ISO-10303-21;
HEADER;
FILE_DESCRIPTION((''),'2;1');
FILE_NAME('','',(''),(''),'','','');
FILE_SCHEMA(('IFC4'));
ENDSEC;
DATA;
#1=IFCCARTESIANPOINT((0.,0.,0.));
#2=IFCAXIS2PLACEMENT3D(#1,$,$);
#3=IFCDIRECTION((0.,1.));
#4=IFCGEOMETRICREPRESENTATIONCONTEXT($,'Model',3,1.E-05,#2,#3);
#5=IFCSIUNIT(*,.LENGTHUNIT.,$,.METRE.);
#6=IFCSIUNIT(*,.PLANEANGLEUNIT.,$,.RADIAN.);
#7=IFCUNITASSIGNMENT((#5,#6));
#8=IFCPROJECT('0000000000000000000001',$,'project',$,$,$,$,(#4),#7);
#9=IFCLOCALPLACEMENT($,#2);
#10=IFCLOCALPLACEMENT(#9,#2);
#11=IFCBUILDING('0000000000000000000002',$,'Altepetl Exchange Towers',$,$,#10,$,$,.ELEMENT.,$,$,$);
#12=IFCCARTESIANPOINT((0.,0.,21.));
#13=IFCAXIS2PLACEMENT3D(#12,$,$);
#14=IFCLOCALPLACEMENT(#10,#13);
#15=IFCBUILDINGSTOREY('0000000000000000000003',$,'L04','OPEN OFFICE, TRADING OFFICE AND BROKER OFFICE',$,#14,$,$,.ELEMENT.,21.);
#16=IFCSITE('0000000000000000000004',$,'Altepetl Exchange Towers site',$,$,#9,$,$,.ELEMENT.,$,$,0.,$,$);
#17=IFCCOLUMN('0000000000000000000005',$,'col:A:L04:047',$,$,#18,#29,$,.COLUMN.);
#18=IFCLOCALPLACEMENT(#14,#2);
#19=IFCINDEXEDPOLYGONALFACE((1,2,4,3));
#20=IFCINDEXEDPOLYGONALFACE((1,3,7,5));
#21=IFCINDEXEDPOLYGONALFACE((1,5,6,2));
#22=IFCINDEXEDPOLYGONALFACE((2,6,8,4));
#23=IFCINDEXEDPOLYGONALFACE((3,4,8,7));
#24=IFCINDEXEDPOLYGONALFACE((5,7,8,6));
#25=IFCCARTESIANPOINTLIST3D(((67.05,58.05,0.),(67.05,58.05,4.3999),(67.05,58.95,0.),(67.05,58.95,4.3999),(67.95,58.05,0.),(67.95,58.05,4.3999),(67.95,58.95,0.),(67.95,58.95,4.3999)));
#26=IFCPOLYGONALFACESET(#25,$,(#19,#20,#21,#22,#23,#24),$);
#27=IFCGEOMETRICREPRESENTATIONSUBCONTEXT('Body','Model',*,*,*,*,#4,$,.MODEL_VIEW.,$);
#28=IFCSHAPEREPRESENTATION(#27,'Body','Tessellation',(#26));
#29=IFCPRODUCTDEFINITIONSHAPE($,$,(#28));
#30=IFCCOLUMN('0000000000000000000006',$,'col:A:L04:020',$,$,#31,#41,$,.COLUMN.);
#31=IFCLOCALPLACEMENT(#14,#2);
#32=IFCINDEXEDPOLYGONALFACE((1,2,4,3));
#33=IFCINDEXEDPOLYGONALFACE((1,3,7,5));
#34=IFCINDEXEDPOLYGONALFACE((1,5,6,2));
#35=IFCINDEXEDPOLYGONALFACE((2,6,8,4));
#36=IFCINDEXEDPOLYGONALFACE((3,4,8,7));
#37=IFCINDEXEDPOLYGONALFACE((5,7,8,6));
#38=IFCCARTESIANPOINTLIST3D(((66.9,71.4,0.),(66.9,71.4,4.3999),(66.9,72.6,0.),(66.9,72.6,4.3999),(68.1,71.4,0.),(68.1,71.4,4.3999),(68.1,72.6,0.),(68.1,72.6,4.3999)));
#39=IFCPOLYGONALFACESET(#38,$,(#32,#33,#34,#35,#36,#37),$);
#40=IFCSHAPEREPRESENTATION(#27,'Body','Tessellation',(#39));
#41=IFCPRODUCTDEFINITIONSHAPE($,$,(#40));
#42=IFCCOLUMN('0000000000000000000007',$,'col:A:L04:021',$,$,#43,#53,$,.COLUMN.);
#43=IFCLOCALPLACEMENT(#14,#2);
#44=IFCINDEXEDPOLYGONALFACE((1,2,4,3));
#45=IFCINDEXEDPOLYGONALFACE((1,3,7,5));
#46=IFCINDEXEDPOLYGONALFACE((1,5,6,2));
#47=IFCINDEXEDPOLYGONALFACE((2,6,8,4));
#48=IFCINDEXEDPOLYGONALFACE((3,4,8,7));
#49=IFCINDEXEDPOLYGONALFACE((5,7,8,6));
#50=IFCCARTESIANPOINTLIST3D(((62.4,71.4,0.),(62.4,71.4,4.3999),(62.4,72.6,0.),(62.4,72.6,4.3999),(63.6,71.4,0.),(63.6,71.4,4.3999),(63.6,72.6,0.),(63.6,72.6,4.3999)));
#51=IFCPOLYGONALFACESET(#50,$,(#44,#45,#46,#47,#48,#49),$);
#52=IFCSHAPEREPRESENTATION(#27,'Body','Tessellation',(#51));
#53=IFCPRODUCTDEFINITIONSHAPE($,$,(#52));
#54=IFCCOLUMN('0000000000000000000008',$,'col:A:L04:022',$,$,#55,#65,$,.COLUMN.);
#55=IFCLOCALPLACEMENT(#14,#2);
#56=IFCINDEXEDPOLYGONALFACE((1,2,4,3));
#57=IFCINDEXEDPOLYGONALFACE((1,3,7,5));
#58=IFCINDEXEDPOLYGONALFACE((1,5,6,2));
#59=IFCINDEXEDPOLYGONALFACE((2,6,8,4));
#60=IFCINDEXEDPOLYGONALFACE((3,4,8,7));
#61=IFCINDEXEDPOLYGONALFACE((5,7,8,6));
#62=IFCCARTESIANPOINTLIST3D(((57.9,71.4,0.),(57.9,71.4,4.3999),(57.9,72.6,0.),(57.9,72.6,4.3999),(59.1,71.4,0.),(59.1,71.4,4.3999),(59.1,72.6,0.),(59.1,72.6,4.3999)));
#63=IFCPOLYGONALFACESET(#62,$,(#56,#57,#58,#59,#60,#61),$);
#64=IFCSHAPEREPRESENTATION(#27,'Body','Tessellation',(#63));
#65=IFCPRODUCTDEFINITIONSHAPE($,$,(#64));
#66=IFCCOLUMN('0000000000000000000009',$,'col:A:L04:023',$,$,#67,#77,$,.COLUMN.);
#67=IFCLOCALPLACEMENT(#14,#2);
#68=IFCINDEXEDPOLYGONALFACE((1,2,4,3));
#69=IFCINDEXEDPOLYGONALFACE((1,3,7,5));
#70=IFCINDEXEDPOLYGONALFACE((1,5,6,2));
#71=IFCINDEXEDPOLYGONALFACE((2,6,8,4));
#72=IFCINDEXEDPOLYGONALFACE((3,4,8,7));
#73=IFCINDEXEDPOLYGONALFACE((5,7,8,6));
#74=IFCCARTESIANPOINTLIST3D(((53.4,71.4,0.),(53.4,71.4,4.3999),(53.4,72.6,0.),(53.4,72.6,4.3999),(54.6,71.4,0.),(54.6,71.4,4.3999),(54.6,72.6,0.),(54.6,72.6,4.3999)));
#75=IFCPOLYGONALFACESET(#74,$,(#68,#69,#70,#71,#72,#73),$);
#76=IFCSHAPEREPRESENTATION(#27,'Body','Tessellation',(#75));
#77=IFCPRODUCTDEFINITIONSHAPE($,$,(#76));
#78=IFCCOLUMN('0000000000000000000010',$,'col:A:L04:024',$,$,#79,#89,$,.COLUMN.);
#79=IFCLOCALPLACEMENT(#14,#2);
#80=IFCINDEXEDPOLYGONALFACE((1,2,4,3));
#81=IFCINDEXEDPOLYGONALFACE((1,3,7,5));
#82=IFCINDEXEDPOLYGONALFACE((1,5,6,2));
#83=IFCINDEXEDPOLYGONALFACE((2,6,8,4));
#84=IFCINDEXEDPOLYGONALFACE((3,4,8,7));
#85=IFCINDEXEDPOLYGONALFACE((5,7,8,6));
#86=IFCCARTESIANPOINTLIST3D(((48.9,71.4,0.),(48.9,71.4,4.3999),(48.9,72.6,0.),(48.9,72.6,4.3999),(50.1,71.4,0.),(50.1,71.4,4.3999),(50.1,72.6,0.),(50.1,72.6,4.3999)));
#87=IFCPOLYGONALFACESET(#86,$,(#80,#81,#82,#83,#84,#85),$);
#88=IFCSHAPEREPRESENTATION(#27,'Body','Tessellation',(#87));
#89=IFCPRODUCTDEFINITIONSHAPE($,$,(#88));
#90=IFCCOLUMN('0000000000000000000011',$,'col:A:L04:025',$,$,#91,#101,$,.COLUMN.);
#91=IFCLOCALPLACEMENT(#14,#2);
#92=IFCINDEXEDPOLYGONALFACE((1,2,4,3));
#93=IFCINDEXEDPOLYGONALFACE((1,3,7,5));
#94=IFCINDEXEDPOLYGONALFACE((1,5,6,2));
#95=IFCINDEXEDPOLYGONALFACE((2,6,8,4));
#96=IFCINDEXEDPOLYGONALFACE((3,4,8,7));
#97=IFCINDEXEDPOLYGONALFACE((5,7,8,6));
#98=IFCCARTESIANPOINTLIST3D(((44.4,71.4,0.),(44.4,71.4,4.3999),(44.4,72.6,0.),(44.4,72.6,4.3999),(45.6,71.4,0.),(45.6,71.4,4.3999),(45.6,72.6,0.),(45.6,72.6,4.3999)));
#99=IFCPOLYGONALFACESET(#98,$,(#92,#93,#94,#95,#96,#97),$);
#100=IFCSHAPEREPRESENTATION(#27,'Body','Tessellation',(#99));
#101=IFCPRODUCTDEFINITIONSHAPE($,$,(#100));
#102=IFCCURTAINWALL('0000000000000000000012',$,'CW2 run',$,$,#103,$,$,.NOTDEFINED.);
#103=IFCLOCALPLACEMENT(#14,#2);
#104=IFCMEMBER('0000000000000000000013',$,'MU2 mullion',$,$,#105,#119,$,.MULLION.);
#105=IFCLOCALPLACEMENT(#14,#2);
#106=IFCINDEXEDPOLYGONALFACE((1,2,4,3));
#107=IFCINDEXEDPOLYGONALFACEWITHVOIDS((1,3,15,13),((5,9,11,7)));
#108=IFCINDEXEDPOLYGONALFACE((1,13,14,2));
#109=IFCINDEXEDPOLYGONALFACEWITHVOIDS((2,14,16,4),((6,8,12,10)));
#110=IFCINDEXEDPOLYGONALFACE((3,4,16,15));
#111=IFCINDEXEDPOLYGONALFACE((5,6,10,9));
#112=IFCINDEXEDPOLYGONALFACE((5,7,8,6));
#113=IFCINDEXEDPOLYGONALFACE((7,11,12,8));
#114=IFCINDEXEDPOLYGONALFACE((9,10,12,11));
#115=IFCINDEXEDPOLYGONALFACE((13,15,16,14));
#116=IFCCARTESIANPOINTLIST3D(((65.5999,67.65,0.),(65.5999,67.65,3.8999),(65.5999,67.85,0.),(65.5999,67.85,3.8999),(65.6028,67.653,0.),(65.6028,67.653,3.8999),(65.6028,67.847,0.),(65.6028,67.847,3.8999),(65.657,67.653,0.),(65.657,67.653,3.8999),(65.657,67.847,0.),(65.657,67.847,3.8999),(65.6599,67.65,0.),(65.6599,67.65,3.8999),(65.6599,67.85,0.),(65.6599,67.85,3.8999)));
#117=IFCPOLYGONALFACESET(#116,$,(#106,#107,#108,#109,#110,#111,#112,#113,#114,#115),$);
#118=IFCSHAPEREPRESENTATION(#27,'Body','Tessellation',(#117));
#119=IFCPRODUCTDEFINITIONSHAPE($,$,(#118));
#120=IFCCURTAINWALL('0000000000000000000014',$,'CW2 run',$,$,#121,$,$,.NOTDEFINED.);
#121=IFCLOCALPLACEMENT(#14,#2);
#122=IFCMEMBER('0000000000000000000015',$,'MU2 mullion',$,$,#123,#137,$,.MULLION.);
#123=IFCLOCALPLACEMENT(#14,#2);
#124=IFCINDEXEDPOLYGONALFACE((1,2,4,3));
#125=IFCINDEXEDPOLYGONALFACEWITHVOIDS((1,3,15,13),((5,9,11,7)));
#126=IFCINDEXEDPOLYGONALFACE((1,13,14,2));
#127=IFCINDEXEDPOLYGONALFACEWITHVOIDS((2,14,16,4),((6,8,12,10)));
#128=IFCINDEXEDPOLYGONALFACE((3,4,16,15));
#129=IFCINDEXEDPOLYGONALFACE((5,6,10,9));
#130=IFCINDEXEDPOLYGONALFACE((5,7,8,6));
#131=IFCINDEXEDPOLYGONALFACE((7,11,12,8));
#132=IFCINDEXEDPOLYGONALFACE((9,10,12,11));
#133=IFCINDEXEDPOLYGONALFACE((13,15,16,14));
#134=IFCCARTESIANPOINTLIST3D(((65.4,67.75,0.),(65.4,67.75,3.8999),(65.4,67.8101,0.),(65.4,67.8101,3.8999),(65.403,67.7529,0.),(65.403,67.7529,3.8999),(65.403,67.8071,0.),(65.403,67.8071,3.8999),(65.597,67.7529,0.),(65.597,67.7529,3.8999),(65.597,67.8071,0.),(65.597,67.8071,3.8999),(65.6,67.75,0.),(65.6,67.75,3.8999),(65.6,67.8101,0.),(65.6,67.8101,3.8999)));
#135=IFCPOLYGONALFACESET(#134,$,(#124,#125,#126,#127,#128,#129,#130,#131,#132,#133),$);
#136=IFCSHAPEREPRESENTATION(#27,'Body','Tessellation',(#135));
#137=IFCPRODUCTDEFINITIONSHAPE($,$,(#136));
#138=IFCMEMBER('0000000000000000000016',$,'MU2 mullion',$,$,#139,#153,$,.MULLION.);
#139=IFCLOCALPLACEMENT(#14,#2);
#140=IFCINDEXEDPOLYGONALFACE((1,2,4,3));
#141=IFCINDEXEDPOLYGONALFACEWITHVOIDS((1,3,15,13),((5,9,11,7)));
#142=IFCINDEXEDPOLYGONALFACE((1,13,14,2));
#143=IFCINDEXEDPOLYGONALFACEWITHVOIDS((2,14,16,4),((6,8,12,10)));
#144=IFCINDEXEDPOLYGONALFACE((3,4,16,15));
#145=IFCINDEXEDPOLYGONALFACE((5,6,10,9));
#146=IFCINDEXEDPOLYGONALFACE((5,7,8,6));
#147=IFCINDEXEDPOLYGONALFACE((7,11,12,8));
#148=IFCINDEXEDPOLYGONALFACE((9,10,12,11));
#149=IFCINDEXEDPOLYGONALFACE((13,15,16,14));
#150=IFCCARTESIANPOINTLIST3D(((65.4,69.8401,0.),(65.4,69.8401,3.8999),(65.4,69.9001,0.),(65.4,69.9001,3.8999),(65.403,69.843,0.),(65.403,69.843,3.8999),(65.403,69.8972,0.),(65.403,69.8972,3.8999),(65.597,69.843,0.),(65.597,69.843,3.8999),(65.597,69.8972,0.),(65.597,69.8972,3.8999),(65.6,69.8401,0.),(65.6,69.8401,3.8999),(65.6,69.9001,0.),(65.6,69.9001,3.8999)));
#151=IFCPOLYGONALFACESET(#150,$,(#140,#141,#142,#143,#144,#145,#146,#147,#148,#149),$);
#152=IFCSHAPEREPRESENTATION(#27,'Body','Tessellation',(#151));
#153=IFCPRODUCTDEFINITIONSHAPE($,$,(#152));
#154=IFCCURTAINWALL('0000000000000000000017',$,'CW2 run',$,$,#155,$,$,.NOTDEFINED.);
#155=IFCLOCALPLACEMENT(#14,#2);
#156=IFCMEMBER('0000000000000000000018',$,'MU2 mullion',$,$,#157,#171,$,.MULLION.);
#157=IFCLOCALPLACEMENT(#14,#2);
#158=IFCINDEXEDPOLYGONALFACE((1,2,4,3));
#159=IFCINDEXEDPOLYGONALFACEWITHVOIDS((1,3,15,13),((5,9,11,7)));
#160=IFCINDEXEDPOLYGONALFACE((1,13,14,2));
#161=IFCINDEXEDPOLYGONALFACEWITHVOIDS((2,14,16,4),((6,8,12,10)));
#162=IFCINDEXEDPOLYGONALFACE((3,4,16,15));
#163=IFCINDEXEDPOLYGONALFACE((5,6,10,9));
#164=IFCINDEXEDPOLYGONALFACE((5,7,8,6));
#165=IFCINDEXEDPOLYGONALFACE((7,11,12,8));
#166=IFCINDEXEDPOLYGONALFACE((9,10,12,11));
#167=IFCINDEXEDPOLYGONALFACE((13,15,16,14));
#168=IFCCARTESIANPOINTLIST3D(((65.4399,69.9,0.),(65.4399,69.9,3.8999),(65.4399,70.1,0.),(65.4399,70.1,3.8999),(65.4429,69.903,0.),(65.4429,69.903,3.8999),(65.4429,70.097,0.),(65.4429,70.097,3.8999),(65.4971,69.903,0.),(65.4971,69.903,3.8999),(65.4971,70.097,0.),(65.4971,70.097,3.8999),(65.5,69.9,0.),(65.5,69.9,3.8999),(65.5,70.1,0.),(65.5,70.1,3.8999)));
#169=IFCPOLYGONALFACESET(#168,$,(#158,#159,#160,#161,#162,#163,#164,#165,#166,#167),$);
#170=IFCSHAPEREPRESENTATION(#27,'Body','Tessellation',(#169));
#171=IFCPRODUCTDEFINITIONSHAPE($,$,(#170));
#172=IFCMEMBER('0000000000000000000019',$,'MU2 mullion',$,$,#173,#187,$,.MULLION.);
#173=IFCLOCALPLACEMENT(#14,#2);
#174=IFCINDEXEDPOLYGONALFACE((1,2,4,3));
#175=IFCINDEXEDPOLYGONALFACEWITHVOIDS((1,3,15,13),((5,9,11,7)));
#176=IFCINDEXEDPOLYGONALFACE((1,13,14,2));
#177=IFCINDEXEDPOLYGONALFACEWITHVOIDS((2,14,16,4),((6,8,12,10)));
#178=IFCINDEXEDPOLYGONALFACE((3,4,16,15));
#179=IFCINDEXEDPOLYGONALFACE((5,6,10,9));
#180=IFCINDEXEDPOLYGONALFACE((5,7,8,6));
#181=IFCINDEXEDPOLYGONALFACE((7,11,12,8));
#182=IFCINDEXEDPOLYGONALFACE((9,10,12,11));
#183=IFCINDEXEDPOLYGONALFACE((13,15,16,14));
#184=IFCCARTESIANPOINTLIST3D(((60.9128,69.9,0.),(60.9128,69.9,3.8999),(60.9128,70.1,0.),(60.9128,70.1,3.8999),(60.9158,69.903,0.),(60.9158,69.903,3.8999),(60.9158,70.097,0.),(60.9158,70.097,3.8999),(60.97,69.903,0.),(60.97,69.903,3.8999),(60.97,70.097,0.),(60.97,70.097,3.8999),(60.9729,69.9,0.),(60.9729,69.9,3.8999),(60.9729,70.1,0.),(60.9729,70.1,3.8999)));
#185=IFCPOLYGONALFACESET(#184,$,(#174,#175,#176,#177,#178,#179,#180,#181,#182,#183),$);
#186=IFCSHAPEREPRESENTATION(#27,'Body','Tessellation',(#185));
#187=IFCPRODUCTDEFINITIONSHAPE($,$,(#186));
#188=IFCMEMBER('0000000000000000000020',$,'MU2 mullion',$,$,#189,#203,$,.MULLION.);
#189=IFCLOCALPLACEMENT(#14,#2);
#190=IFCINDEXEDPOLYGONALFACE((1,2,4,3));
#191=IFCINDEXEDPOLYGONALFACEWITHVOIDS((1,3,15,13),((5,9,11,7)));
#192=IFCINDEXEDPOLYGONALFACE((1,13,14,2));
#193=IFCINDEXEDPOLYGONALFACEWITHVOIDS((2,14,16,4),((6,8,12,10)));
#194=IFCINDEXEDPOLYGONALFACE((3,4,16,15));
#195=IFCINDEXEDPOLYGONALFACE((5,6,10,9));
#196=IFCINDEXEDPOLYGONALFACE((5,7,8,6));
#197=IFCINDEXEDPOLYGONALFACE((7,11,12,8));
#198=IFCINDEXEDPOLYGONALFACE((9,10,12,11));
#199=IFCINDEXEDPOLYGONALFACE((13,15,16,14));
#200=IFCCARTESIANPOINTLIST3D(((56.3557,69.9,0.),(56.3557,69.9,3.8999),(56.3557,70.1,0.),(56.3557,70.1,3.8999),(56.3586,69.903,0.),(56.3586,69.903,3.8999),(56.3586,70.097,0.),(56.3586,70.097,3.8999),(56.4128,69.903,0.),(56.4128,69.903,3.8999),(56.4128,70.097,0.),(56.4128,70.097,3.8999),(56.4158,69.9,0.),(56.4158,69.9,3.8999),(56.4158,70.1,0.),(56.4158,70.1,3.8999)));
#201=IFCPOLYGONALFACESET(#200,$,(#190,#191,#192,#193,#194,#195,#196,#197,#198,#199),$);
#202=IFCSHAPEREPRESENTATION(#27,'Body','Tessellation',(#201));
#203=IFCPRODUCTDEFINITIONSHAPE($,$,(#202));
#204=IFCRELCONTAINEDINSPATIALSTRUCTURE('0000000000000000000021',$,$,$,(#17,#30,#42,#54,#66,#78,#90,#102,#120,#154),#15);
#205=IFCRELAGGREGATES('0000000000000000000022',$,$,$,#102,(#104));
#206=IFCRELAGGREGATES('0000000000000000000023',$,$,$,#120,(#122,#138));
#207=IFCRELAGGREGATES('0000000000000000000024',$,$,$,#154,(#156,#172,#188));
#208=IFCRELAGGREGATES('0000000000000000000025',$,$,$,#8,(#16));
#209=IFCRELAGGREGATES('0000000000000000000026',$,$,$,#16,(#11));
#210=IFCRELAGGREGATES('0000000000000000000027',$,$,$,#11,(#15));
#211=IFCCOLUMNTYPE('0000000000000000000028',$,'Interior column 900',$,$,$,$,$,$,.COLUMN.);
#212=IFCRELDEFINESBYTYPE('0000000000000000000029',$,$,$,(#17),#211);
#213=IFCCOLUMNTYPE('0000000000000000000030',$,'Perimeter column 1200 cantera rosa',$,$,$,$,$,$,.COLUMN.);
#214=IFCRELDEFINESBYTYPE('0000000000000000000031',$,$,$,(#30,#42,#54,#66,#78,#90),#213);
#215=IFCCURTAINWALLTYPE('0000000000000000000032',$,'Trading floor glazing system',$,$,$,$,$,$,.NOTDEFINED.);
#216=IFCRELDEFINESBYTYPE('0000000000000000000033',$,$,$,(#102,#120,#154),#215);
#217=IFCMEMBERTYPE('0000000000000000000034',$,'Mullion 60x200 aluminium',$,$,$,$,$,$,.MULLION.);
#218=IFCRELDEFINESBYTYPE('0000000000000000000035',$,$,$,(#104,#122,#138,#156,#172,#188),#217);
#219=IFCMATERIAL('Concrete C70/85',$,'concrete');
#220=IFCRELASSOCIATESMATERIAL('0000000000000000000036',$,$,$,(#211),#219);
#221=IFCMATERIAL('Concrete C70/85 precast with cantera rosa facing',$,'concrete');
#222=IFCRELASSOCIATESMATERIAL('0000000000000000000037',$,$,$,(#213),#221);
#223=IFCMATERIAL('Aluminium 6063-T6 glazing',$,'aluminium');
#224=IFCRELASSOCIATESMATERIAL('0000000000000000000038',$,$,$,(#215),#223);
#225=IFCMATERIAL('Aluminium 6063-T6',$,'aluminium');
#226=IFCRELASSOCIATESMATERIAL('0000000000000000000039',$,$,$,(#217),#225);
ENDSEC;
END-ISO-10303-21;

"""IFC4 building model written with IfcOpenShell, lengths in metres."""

from ifc_helpers import new_model, si_unit, direction, frame, origin, origin_2d, place, context, subcontext, project, spatial, rectangle, hollow_rectangle, extrude, material, material_profile, profile_set, type_object, element, aggregate, save


model = new_model("IFC4")

# Units and contexts
model_context = context("Model", 3, precision=1e-05, world=origin(), true_north=direction((0.0, 1.0)))
body_context = subcontext(model_context, "Body", "Model", "MODEL_VIEW")
ifc_project = project(units=[si_unit("LENGTHUNIT", "METRE"), si_unit("PLANEANGLEUNIT", "RADIAN")], contexts=[model_context])

# Site, building, storey
site_placement = place(None, origin())
site = spatial("IfcSite", under=ifc_project, at=site_placement, Name="Altepetl Exchange Towers site", CompositionType="ELEMENT", RefElevation=0.0)
building_placement = place(site_placement, origin())
building = spatial("IfcBuilding", under=site, at=building_placement, Name="Altepetl Exchange Towers", CompositionType="ELEMENT")
storey_placement = place(building_placement, frame((0.0, 0.0, 21.0)))
storey = spatial("IfcBuildingStorey", under=building, at=storey_placement, Name="L04", Description="OPEN OFFICE, TRADING OFFICE AND BROKER OFFICE", CompositionType="ELEMENT", Elevation=21.0)

# Columns
ifc_material_1 = material(Name="Concrete C70/85", Category="concrete")
ifc_material_profile_1 = material_profile(ifc_material_1, rectangle(XDim=0.8999, YDim=0.8999, at=origin_2d()), Name="900 x 900")
ifc_profile_set_1 = profile_set([ifc_material_profile_1], Name="Concrete C70/85")
column_type_1 = type_object("IfcColumnType", Name="Interior column 900", PredefinedType="COLUMN", material=ifc_profile_set_1)
column_placement = place(storey_placement, frame((67.5, 58.5, 0.0)))
element("IfcColumn", 1, at=column_placement, inside=storey, type_object=column_type_1, Name="col:A:L04:047", PredefinedType="COLUMN", context=body_context, shape_type="SweptSolid", body=[
    extrude(rectangle(XDim=0.8999, YDim=0.8999, at=origin_2d()), origin(), (0.0, 0.0, 1.0), 4.3999),
])
ifc_material_2 = material(Name="Concrete C70/85 precast with cantera rosa facing", Category="concrete")
ifc_material_profile_2 = material_profile(ifc_material_2, rectangle(XDim=1.2, YDim=1.2, at=origin_2d()), Name="1200 x 1200")
ifc_profile_set_2 = profile_set([ifc_material_profile_2], Name="Concrete C70/85 precast with cantera rosa facing")
column_type_2 = type_object("IfcColumnType", Name="Perimeter column 1200 cantera rosa", PredefinedType="COLUMN", material=ifc_profile_set_2)
for number, where, name in (
    (2, (67.5, 72.0, 0.0), "col:A:L04:020"),
    (3, (63.0, 72.0, 0.0), "col:A:L04:021"),
    (4, (58.5, 72.0, 0.0), "col:A:L04:022"),
    (5, (54.0, 72.0, 0.0), "col:A:L04:023"),
    (6, (49.5, 72.0, 0.0), "col:A:L04:024"),
    (7, (45.0, 72.0, 0.0), "col:A:L04:025"),
):
    element("IfcColumn", number, at=place(storey_placement, frame(where)), inside=storey, type_object=column_type_2, Name=name, PredefinedType="COLUMN", context=body_context, shape_type="SweptSolid", body=[
        extrude(rectangle(XDim=1.2, YDim=1.2, at=origin_2d()), origin(), (0.0, 0.0, 1.0), 4.3999),
    ])

# Curtain wall, member
ifc_material_3 = material(Name="Aluminium 6063-T6 glazing", Category="aluminium")
curtain_wall_type = type_object("IfcCurtainWallType", Name="Trading floor glazing system", PredefinedType="NOTDEFINED", material=ifc_material_3)
curtain_wall_1_placement = place(storey_placement, origin())
curtain_wall_1 = element("IfcCurtainWall", 8, at=curtain_wall_1_placement, inside=storey, type_object=curtain_wall_type, Name="CW2 run", PredefinedType="NOTDEFINED")
ifc_material_4 = material(Name="Aluminium 6063-T6", Category="aluminium")
ifc_material_profile_3 = material_profile(ifc_material_4, hollow_rectangle(XDim=0.0601, YDim=0.2, WallThickness=0.0029, at=origin_2d()), Name="Mullion 60x200 aluminium")
ifc_profile_set_3 = profile_set([ifc_material_profile_3], Name="Aluminium 6063-T6")
member_type = type_object("IfcMemberType", Name="Mullion 60x200 aluminium", PredefinedType="MULLION", material=ifc_profile_set_3)
member_1_placement = place(storey_placement, frame((65.6299, 67.75, 0.0), z_axis=(0.0, 0.0, 1.0), x_axis=(-1.0, 0.0, 0.0)))
member_1 = element("IfcMember", 9, at=member_1_placement, type_object=member_type, Name="MU2 mullion", PredefinedType="MULLION", context=body_context, shape_type="SweptSolid", body=[
    extrude(hollow_rectangle(XDim=0.0601, YDim=0.2, WallThickness=0.0029, at=origin_2d()), origin(), (0.0, 0.0, 1.0), 3.8999),
])

# Curtain walls, members
curtain_wall_2_placement = place(storey_placement, origin())
curtain_wall_2 = element("IfcCurtainWall", 10, at=curtain_wall_2_placement, inside=storey, type_object=curtain_wall_type, Name="CW2 run", PredefinedType="NOTDEFINED")
member_2_placement = place(storey_placement, frame((65.5, 67.78, 0.0), z_axis=(0.0, 0.0, 1.0), x_axis=(0.0, 1.0, 0.0)))
member_2 = element("IfcMember", 11, at=member_2_placement, type_object=member_type, Name="MU2 mullion", PredefinedType="MULLION", context=body_context, shape_type="SweptSolid", body=[
    extrude(hollow_rectangle(XDim=0.0601, YDim=0.2, WallThickness=0.0029, at=origin_2d()), origin(), (0.0, 0.0, 1.0), 3.8999),
])
member_3_placement = place(storey_placement, frame((65.5, 69.8701, 0.0), z_axis=(0.0, 0.0, 1.0), x_axis=(0.0, 1.0, 0.0)))
member_3 = element("IfcMember", 12, at=member_3_placement, type_object=member_type, Name="MU2 mullion", PredefinedType="MULLION", context=body_context, shape_type="SweptSolid", body=[
    extrude(hollow_rectangle(XDim=0.0601, YDim=0.2, WallThickness=0.0029, at=origin_2d()), origin(), (0.0, 0.0, 1.0), 3.8999),
])
curtain_wall_3_placement = place(storey_placement, origin())
curtain_wall_3 = element("IfcCurtainWall", 13, at=curtain_wall_3_placement, inside=storey, type_object=curtain_wall_type, Name="CW2 run", PredefinedType="NOTDEFINED")
member_4_placement = place(storey_placement, frame((65.47, 70.0, 0.0), z_axis=(0.0, 0.0, 1.0), x_axis=(-1.0, 0.0, 0.0)))
member_4 = element("IfcMember", 14, at=member_4_placement, type_object=member_type, Name="MU2 mullion", PredefinedType="MULLION", context=body_context, shape_type="SweptSolid", body=[
    extrude(hollow_rectangle(XDim=0.0601, YDim=0.2, WallThickness=0.0029, at=origin_2d()), origin(), (0.0, 0.0, 1.0), 3.8999),
])
member_5_placement = place(storey_placement, frame((60.9429, 70.0, 0.0), z_axis=(0.0, 0.0, 1.0), x_axis=(-1.0, 0.0, 0.0)))
member_5 = element("IfcMember", 15, at=member_5_placement, type_object=member_type, Name="MU2 mullion", PredefinedType="MULLION", context=body_context, shape_type="SweptSolid", body=[
    extrude(hollow_rectangle(XDim=0.0601, YDim=0.2, WallThickness=0.0029, at=origin_2d()), origin(), (0.0, 0.0, 1.0), 3.8999),
])
member_6_placement = place(storey_placement, frame((56.3857, 70.0, 0.0), z_axis=(0.0, 0.0, 1.0), x_axis=(-1.0, 0.0, 0.0)))
member_6 = element("IfcMember", 16, at=member_6_placement, type_object=member_type, Name="MU2 mullion", PredefinedType="MULLION", context=body_context, shape_type="SweptSolid", body=[
    extrude(hollow_rectangle(XDim=0.0601, YDim=0.2, WallThickness=0.0029, at=origin_2d()), origin(), (0.0, 0.0, 1.0), 3.8999),
])

aggregate(curtain_wall_1, [member_1])
aggregate(curtain_wall_2, [member_2, member_3])
aggregate(curtain_wall_3, [member_4, member_5, member_6])

save(model, "model.ifc")
